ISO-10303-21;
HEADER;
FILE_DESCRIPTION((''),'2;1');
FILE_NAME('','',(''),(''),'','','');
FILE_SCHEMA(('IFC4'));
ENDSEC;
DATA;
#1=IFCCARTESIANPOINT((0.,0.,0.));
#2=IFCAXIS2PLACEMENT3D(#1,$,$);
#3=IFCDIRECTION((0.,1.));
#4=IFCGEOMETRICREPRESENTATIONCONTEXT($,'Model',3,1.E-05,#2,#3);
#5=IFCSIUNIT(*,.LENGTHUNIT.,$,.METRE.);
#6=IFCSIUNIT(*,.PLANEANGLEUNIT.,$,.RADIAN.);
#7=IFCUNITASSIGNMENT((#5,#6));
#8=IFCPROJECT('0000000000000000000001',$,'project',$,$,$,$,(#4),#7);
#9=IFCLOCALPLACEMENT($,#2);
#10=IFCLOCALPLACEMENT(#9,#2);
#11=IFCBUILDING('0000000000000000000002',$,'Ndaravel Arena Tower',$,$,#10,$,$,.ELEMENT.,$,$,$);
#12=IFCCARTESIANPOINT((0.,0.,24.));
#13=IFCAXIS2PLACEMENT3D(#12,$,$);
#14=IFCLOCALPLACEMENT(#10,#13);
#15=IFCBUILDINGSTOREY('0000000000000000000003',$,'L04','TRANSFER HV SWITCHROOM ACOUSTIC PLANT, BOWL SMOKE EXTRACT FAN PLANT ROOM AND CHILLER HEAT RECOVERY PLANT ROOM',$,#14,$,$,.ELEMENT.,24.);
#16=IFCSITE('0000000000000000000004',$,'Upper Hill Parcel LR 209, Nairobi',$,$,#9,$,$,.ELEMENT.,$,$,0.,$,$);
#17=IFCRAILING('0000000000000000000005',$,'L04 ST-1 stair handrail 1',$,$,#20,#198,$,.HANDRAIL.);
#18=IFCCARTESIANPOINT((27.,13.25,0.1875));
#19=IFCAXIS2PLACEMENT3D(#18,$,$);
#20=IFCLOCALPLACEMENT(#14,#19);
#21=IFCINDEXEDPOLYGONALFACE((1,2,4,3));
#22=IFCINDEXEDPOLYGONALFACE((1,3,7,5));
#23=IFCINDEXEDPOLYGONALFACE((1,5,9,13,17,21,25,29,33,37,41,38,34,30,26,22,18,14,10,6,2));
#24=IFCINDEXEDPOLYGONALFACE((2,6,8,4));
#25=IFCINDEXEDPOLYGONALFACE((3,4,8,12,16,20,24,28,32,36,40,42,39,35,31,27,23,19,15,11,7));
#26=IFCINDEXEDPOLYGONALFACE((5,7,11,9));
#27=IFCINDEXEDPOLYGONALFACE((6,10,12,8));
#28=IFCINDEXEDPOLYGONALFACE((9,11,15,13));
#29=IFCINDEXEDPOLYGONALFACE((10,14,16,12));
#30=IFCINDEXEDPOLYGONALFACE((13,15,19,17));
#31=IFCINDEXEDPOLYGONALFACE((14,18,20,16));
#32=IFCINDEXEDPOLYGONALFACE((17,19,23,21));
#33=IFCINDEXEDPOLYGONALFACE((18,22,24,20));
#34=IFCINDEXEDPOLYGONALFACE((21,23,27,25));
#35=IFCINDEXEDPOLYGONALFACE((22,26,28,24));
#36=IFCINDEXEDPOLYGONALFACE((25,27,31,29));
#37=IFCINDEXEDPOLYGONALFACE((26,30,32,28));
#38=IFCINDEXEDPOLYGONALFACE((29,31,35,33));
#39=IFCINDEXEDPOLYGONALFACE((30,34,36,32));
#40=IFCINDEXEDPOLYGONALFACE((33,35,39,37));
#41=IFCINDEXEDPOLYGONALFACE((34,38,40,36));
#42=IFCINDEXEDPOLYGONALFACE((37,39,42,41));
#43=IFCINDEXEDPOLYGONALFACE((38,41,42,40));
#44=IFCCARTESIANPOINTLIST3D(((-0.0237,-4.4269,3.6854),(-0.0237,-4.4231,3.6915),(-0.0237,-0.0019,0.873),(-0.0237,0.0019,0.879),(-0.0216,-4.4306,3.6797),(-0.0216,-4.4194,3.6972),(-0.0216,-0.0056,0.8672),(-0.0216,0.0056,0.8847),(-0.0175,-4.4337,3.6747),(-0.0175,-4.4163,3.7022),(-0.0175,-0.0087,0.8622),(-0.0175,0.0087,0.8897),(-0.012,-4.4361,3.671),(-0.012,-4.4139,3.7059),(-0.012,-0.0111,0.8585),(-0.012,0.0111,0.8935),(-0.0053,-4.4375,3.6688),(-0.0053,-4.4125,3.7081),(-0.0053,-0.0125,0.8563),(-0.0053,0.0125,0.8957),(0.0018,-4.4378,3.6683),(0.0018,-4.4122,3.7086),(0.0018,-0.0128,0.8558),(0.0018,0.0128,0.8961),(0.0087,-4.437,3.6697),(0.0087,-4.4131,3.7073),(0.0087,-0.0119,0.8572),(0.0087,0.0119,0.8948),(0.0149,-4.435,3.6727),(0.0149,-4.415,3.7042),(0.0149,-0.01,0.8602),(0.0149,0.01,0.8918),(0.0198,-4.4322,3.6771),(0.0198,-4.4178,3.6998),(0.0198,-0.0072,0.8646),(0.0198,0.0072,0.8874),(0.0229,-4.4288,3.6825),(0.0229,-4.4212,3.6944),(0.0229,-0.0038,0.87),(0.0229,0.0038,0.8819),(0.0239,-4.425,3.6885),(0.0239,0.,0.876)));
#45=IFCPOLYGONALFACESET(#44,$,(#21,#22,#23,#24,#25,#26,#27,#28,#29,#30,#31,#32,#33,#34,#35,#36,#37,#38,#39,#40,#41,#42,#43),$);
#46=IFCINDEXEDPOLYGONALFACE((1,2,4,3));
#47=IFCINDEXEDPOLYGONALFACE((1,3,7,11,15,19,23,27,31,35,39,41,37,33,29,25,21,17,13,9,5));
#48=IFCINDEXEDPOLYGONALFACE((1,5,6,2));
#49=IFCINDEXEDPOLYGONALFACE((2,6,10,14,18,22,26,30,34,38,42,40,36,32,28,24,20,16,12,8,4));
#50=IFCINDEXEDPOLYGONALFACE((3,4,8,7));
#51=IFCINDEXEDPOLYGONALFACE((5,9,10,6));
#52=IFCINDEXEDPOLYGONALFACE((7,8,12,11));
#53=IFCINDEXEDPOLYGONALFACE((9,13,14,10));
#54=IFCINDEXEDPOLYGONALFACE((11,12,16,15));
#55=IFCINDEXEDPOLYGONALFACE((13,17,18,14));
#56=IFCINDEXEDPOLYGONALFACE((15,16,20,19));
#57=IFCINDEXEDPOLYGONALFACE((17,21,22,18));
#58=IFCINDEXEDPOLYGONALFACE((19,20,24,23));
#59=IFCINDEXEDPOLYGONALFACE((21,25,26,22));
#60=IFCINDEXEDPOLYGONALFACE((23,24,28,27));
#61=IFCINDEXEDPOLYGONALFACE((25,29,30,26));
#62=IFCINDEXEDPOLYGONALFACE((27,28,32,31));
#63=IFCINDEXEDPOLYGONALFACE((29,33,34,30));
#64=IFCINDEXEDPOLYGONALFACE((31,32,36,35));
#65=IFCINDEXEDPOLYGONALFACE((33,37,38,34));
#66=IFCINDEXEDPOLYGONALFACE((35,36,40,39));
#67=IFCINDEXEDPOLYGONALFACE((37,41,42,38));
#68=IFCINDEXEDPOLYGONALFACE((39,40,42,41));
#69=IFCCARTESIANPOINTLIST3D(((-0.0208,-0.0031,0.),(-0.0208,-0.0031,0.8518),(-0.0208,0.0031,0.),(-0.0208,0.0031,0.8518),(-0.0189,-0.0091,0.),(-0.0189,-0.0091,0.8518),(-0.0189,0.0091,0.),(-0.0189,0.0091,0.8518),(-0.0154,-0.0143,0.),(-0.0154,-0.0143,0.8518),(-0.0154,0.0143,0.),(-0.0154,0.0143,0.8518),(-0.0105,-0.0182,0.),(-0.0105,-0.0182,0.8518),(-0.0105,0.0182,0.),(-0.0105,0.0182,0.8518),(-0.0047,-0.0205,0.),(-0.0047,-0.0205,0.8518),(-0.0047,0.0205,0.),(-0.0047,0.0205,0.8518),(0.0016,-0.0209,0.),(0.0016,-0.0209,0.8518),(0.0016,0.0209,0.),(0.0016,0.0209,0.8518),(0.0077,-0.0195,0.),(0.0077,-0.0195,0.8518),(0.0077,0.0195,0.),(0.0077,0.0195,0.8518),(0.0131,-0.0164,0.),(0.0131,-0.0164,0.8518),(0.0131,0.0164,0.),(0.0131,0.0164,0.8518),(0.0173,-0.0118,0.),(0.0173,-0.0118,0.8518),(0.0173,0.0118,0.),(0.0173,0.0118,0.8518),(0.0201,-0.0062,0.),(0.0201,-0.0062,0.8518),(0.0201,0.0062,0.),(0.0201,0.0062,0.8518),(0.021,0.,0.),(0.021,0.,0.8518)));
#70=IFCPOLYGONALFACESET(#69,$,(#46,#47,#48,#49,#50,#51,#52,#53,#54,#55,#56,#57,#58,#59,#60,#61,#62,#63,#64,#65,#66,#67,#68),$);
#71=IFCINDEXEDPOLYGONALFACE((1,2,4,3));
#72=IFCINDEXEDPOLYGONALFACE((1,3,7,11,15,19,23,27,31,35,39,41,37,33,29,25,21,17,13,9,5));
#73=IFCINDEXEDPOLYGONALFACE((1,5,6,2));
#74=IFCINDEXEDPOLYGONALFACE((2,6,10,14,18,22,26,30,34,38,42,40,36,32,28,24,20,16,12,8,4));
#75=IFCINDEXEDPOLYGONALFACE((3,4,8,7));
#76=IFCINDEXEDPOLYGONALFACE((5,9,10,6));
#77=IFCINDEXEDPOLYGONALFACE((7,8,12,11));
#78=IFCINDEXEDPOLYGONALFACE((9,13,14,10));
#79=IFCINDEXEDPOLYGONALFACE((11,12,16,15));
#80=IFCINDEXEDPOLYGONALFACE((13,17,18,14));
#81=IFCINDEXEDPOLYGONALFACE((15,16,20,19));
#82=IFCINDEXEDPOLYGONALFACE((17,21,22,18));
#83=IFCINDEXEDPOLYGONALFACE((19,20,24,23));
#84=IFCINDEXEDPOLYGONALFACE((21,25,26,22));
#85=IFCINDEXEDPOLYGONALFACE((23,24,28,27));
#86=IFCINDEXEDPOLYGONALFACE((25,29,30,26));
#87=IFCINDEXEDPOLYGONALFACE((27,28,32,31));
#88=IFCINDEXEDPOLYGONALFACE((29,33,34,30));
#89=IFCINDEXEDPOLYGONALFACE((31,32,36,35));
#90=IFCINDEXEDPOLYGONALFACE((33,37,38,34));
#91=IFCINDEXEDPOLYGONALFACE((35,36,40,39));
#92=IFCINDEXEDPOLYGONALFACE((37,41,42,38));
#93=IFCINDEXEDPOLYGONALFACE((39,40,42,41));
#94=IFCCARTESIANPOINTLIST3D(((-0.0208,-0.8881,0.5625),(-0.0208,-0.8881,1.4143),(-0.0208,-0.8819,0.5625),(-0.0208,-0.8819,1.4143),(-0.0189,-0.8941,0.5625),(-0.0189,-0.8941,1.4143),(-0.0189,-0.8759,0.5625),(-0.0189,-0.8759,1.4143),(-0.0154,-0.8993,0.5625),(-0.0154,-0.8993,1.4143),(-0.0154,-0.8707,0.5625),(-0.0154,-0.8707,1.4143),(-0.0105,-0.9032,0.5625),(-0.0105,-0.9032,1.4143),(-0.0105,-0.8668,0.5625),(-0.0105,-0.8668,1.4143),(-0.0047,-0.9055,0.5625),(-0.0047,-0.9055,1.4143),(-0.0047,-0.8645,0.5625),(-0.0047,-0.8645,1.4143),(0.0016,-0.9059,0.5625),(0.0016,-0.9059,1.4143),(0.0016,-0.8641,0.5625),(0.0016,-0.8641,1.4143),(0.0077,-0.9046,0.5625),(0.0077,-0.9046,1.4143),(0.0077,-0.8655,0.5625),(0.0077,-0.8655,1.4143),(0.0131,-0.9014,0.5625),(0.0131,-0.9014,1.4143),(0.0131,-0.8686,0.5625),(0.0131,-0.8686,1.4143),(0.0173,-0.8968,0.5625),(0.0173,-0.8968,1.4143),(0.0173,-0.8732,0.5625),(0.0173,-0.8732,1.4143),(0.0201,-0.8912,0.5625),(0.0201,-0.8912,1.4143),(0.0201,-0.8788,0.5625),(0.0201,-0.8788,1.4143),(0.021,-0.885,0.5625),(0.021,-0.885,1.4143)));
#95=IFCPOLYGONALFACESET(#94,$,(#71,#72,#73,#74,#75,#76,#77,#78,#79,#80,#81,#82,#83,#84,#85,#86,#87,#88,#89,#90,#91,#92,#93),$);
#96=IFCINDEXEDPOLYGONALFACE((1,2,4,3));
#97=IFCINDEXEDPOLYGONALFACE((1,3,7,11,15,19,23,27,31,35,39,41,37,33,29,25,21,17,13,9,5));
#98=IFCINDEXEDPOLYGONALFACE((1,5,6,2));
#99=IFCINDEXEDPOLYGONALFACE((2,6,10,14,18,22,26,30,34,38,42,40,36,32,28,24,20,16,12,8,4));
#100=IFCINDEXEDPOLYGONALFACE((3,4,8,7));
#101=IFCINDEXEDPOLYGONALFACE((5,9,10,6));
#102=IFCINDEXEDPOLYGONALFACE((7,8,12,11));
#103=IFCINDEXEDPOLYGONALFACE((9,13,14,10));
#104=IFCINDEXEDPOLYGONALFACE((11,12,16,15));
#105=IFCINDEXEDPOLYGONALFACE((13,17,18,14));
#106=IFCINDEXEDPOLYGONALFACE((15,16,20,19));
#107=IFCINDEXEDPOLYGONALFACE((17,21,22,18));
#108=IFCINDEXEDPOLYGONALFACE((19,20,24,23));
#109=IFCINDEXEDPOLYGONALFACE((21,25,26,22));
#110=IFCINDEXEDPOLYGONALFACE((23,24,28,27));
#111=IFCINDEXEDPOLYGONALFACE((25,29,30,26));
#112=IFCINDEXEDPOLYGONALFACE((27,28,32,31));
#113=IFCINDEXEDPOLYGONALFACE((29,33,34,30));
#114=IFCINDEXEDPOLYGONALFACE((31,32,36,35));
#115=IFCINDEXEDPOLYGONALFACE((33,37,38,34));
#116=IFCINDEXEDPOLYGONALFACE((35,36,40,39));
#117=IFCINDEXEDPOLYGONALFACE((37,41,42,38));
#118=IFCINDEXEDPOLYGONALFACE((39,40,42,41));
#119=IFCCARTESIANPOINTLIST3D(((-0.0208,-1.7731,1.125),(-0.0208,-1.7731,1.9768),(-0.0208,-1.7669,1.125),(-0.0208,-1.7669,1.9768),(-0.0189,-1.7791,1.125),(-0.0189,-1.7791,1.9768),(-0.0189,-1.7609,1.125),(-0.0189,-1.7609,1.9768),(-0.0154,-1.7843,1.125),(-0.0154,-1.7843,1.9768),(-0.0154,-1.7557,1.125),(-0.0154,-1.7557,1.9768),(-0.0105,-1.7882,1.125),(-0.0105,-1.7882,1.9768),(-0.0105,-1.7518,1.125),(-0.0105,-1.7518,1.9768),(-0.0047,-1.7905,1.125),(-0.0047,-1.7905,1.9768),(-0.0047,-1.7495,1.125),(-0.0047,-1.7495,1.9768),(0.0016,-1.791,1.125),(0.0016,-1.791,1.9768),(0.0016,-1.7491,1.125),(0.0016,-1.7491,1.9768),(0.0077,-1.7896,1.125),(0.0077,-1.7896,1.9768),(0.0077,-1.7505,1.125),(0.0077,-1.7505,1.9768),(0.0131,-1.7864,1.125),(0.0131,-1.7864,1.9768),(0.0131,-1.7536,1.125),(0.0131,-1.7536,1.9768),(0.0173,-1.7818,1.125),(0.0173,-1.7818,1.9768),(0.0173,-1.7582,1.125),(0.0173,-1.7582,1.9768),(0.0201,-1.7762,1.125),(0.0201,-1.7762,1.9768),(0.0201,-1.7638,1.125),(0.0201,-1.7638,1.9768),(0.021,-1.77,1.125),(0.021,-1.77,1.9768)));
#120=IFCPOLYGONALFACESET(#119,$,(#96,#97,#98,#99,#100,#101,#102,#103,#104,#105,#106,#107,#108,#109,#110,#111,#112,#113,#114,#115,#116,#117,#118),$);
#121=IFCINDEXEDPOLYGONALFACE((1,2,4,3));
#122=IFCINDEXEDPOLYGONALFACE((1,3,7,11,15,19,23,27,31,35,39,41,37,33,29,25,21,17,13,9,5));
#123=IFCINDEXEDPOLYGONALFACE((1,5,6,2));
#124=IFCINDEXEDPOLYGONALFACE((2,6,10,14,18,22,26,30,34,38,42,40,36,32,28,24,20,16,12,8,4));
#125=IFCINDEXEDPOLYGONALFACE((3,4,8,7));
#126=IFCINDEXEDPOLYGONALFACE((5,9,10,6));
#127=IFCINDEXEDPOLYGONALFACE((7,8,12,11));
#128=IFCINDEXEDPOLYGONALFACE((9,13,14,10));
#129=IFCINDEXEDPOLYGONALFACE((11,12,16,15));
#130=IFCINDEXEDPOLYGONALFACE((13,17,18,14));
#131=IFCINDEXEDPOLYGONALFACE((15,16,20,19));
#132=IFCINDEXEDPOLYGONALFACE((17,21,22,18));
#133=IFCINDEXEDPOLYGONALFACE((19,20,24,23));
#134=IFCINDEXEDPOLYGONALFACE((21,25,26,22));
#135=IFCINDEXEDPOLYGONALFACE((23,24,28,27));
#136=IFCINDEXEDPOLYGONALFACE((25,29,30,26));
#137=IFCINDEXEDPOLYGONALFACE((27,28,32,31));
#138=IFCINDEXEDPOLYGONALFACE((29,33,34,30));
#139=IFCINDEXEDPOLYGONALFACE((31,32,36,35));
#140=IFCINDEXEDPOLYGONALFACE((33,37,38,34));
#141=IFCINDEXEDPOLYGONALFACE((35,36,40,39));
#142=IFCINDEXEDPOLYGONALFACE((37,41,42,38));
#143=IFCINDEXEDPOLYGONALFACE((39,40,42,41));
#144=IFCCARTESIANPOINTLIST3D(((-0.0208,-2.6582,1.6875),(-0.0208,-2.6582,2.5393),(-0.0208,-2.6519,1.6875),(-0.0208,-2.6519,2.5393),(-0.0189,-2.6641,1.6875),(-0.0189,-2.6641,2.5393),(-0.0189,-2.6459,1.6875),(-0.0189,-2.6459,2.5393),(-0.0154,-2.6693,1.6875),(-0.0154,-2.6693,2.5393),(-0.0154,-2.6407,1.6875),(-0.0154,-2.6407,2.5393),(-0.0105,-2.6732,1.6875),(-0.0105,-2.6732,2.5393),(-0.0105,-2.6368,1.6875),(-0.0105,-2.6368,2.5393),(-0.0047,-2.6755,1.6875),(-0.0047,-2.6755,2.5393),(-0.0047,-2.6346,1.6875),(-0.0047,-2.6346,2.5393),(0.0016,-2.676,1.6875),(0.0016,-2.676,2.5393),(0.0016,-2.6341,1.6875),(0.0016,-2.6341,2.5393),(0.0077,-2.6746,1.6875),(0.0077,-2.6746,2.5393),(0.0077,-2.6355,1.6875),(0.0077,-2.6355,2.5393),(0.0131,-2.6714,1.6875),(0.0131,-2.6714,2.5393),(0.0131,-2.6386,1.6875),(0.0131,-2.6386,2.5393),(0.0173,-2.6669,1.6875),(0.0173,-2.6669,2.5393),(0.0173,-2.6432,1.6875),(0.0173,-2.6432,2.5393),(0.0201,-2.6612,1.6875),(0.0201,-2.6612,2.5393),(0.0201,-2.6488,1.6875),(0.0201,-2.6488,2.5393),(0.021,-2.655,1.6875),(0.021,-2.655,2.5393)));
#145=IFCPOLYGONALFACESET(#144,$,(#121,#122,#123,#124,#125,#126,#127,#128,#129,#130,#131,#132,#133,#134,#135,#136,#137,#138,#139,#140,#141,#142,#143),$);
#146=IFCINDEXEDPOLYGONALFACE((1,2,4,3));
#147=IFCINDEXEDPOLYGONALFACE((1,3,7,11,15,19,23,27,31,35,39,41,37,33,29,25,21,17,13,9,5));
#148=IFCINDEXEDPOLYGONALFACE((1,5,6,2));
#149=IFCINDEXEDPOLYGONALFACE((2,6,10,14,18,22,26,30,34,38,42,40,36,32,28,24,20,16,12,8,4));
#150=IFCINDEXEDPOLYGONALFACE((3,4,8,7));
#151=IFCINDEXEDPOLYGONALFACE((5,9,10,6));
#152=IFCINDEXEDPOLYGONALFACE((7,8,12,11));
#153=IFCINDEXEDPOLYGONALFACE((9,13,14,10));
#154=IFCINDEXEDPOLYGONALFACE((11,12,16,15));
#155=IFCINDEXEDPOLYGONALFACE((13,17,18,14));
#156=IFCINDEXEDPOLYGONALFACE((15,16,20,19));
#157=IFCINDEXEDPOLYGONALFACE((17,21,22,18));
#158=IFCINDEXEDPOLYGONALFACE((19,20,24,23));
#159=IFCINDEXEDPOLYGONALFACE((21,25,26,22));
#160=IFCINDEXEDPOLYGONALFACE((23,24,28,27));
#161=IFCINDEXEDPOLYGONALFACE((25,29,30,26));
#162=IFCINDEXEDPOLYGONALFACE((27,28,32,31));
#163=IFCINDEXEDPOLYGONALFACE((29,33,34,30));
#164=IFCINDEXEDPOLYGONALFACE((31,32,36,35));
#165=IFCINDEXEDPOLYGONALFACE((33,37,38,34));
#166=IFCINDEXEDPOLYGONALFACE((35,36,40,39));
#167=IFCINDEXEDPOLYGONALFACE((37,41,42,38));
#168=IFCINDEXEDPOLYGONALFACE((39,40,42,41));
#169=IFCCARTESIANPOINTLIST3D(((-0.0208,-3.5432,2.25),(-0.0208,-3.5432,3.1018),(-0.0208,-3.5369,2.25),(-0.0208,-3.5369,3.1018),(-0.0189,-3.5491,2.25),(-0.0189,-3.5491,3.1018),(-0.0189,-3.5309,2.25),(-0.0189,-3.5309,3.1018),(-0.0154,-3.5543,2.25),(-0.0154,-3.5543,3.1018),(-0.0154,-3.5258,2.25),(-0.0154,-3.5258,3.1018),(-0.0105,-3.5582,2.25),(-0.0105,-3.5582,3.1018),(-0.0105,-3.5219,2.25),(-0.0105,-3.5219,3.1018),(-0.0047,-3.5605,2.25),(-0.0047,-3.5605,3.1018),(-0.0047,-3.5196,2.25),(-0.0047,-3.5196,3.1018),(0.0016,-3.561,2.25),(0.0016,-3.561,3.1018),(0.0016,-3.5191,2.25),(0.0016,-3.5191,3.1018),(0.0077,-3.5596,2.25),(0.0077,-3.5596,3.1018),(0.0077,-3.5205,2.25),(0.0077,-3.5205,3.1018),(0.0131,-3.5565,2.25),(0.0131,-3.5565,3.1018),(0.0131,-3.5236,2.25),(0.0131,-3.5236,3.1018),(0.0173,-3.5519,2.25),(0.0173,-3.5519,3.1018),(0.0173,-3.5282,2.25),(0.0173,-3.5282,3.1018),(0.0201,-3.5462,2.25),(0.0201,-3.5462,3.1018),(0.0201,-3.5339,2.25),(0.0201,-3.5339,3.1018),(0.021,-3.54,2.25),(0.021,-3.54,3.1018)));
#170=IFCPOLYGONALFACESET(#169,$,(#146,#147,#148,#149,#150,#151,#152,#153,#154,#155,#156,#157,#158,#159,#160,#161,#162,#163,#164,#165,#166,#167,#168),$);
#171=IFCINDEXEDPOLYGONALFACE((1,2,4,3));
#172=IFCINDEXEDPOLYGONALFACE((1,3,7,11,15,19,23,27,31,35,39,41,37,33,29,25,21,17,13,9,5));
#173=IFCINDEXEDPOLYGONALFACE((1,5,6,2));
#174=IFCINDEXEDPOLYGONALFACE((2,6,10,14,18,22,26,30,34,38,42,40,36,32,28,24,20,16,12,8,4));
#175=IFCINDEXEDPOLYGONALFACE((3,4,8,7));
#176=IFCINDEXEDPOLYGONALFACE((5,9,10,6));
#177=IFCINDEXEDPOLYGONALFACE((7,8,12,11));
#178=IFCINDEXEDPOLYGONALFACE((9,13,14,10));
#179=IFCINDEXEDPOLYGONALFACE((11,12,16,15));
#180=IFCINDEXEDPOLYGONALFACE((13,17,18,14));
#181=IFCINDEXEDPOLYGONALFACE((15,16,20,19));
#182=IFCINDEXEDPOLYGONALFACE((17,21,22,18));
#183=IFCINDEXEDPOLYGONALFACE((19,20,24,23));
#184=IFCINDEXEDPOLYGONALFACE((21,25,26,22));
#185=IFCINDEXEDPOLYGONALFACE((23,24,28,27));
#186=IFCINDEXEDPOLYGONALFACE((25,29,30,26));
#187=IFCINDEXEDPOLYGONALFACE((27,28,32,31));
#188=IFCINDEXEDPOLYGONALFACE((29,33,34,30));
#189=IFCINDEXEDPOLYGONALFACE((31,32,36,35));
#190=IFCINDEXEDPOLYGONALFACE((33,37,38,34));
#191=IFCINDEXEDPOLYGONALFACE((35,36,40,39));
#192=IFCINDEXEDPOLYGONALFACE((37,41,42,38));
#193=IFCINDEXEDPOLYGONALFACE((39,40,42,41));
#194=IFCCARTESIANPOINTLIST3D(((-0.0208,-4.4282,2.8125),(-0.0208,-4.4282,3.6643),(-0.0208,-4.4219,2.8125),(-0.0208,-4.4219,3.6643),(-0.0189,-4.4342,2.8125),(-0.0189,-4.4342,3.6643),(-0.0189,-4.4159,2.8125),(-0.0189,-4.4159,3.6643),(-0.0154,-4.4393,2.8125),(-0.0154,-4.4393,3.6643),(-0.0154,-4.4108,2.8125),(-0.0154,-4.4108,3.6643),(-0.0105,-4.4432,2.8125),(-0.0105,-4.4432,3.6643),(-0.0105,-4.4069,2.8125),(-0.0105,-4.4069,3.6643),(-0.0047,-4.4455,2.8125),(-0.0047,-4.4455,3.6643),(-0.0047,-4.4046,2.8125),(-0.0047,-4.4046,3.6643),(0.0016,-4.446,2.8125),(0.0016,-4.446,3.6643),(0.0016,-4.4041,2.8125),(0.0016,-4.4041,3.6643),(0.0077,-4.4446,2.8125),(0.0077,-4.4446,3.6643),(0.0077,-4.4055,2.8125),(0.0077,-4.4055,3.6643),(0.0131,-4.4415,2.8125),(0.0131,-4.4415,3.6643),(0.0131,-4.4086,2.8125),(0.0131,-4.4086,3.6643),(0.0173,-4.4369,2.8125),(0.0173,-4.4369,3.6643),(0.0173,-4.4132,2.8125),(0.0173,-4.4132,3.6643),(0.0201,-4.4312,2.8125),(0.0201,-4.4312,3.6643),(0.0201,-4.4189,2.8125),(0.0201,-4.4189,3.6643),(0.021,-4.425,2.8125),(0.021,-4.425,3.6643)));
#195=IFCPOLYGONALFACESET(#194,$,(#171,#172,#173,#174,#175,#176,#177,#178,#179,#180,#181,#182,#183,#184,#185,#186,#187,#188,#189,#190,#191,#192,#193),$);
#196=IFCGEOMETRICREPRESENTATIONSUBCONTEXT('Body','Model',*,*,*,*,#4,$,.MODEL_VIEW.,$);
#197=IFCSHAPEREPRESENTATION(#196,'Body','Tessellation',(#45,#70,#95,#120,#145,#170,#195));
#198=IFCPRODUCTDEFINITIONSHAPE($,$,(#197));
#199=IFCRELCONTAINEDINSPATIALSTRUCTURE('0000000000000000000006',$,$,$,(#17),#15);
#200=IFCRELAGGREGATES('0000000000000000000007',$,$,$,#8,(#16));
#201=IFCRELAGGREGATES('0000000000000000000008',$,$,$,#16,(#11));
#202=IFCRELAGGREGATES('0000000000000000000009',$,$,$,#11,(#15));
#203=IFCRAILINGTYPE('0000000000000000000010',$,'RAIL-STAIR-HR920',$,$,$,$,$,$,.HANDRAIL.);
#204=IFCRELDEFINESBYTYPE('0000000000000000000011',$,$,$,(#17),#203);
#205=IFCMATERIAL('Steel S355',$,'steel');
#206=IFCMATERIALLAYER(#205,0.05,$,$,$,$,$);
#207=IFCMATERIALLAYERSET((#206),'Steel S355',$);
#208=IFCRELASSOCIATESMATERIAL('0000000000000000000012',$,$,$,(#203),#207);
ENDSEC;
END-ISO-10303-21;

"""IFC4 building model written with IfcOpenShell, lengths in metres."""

from ifc_helpers import new_model, si_unit, direction, frame, origin, origin_2d, place, context, subcontext, project, spatial, circle, extrude, material, layer, layer_set, type_object, element, save


model = new_model("IFC4")

# Units and contexts
model_context = context("Model", 3, precision=1e-05, world=origin(), true_north=direction((0.0, 1.0)))
body_context = subcontext(model_context, "Body", "Model", "MODEL_VIEW")
ifc_project = project(units=[si_unit("LENGTHUNIT", "METRE"), si_unit("PLANEANGLEUNIT", "RADIAN")], contexts=[model_context])

# Site, building, storey
site_placement = place(None, origin())
site = spatial("IfcSite", under=ifc_project, at=site_placement, Name="Upper Hill Parcel LR 209, Nairobi", CompositionType="ELEMENT", RefElevation=0.0)
building_placement = place(site_placement, origin())
building = spatial("IfcBuilding", under=site, at=building_placement, Name="Ndaravel Arena Tower", CompositionType="ELEMENT")
storey_placement = place(building_placement, frame((0.0, 0.0, 24.0)))
storey = spatial("IfcBuildingStorey", under=building, at=storey_placement, Name="L04", Description="TRANSFER HV SWITCHROOM ACOUSTIC PLANT, BOWL SMOKE EXTRACT FAN PLANT ROOM AND CHILLER HEAT RECOVERY PLANT ROOM", CompositionType="ELEMENT", Elevation=24.0)

# Railing
ifc_material_1 = material(Name="Steel S355", Category="steel")
ifc_layer_1 = layer(ifc_material_1, 0.05)
ifc_layer_set_1 = layer_set([ifc_layer_1], Name="Steel S355")
railing_type_1 = type_object("IfcRailingType", Name="RAIL-STAIR-HR920", PredefinedType="HANDRAIL", material=ifc_layer_set_1)
railing_1_placement = place(storey_placement, frame((27.0, 13.25, 0.1875)))
element("IfcRailing", 1, at=railing_1_placement, inside=storey, type_object=railing_type_1, Name="L04 ST-1 stair handrail 1", PredefinedType="HANDRAIL", context=body_context, shape_type="SweptSolid", body=[
    extrude(circle(Radius=0.0239, at=origin_2d()), frame((0.0, 0.0, 0.876), z_axis=(0.0, -0.843959, 0.536408), x_axis=(1.0, 0.0, 0.0)), (0.0, 0.0, 1.0), 5.2432),
    extrude(circle(Radius=0.021, at=origin_2d()), origin(), (0.0, 0.0, 1.0), 0.8518),
    extrude(circle(Radius=0.021, at=origin_2d()), frame((0.0, -0.885, 0.5625)), (0.0, 0.0, 1.0), 0.8518),
    extrude(circle(Radius=0.021, at=origin_2d()), frame((0.0, -1.77, 1.125)), (0.0, 0.0, 1.0), 0.8518),
    extrude(circle(Radius=0.021, at=origin_2d()), frame((0.0, -2.655, 1.6875)), (0.0, 0.0, 1.0), 0.8518),
    extrude(circle(Radius=0.021, at=origin_2d()), frame((0.0, -3.54, 2.25)), (0.0, 0.0, 1.0), 0.8518),
    extrude(circle(Radius=0.021, at=origin_2d()), frame((0.0, -4.425, 2.8125)), (0.0, 0.0, 1.0), 0.8518),
])

save(model, "model.ifc")
